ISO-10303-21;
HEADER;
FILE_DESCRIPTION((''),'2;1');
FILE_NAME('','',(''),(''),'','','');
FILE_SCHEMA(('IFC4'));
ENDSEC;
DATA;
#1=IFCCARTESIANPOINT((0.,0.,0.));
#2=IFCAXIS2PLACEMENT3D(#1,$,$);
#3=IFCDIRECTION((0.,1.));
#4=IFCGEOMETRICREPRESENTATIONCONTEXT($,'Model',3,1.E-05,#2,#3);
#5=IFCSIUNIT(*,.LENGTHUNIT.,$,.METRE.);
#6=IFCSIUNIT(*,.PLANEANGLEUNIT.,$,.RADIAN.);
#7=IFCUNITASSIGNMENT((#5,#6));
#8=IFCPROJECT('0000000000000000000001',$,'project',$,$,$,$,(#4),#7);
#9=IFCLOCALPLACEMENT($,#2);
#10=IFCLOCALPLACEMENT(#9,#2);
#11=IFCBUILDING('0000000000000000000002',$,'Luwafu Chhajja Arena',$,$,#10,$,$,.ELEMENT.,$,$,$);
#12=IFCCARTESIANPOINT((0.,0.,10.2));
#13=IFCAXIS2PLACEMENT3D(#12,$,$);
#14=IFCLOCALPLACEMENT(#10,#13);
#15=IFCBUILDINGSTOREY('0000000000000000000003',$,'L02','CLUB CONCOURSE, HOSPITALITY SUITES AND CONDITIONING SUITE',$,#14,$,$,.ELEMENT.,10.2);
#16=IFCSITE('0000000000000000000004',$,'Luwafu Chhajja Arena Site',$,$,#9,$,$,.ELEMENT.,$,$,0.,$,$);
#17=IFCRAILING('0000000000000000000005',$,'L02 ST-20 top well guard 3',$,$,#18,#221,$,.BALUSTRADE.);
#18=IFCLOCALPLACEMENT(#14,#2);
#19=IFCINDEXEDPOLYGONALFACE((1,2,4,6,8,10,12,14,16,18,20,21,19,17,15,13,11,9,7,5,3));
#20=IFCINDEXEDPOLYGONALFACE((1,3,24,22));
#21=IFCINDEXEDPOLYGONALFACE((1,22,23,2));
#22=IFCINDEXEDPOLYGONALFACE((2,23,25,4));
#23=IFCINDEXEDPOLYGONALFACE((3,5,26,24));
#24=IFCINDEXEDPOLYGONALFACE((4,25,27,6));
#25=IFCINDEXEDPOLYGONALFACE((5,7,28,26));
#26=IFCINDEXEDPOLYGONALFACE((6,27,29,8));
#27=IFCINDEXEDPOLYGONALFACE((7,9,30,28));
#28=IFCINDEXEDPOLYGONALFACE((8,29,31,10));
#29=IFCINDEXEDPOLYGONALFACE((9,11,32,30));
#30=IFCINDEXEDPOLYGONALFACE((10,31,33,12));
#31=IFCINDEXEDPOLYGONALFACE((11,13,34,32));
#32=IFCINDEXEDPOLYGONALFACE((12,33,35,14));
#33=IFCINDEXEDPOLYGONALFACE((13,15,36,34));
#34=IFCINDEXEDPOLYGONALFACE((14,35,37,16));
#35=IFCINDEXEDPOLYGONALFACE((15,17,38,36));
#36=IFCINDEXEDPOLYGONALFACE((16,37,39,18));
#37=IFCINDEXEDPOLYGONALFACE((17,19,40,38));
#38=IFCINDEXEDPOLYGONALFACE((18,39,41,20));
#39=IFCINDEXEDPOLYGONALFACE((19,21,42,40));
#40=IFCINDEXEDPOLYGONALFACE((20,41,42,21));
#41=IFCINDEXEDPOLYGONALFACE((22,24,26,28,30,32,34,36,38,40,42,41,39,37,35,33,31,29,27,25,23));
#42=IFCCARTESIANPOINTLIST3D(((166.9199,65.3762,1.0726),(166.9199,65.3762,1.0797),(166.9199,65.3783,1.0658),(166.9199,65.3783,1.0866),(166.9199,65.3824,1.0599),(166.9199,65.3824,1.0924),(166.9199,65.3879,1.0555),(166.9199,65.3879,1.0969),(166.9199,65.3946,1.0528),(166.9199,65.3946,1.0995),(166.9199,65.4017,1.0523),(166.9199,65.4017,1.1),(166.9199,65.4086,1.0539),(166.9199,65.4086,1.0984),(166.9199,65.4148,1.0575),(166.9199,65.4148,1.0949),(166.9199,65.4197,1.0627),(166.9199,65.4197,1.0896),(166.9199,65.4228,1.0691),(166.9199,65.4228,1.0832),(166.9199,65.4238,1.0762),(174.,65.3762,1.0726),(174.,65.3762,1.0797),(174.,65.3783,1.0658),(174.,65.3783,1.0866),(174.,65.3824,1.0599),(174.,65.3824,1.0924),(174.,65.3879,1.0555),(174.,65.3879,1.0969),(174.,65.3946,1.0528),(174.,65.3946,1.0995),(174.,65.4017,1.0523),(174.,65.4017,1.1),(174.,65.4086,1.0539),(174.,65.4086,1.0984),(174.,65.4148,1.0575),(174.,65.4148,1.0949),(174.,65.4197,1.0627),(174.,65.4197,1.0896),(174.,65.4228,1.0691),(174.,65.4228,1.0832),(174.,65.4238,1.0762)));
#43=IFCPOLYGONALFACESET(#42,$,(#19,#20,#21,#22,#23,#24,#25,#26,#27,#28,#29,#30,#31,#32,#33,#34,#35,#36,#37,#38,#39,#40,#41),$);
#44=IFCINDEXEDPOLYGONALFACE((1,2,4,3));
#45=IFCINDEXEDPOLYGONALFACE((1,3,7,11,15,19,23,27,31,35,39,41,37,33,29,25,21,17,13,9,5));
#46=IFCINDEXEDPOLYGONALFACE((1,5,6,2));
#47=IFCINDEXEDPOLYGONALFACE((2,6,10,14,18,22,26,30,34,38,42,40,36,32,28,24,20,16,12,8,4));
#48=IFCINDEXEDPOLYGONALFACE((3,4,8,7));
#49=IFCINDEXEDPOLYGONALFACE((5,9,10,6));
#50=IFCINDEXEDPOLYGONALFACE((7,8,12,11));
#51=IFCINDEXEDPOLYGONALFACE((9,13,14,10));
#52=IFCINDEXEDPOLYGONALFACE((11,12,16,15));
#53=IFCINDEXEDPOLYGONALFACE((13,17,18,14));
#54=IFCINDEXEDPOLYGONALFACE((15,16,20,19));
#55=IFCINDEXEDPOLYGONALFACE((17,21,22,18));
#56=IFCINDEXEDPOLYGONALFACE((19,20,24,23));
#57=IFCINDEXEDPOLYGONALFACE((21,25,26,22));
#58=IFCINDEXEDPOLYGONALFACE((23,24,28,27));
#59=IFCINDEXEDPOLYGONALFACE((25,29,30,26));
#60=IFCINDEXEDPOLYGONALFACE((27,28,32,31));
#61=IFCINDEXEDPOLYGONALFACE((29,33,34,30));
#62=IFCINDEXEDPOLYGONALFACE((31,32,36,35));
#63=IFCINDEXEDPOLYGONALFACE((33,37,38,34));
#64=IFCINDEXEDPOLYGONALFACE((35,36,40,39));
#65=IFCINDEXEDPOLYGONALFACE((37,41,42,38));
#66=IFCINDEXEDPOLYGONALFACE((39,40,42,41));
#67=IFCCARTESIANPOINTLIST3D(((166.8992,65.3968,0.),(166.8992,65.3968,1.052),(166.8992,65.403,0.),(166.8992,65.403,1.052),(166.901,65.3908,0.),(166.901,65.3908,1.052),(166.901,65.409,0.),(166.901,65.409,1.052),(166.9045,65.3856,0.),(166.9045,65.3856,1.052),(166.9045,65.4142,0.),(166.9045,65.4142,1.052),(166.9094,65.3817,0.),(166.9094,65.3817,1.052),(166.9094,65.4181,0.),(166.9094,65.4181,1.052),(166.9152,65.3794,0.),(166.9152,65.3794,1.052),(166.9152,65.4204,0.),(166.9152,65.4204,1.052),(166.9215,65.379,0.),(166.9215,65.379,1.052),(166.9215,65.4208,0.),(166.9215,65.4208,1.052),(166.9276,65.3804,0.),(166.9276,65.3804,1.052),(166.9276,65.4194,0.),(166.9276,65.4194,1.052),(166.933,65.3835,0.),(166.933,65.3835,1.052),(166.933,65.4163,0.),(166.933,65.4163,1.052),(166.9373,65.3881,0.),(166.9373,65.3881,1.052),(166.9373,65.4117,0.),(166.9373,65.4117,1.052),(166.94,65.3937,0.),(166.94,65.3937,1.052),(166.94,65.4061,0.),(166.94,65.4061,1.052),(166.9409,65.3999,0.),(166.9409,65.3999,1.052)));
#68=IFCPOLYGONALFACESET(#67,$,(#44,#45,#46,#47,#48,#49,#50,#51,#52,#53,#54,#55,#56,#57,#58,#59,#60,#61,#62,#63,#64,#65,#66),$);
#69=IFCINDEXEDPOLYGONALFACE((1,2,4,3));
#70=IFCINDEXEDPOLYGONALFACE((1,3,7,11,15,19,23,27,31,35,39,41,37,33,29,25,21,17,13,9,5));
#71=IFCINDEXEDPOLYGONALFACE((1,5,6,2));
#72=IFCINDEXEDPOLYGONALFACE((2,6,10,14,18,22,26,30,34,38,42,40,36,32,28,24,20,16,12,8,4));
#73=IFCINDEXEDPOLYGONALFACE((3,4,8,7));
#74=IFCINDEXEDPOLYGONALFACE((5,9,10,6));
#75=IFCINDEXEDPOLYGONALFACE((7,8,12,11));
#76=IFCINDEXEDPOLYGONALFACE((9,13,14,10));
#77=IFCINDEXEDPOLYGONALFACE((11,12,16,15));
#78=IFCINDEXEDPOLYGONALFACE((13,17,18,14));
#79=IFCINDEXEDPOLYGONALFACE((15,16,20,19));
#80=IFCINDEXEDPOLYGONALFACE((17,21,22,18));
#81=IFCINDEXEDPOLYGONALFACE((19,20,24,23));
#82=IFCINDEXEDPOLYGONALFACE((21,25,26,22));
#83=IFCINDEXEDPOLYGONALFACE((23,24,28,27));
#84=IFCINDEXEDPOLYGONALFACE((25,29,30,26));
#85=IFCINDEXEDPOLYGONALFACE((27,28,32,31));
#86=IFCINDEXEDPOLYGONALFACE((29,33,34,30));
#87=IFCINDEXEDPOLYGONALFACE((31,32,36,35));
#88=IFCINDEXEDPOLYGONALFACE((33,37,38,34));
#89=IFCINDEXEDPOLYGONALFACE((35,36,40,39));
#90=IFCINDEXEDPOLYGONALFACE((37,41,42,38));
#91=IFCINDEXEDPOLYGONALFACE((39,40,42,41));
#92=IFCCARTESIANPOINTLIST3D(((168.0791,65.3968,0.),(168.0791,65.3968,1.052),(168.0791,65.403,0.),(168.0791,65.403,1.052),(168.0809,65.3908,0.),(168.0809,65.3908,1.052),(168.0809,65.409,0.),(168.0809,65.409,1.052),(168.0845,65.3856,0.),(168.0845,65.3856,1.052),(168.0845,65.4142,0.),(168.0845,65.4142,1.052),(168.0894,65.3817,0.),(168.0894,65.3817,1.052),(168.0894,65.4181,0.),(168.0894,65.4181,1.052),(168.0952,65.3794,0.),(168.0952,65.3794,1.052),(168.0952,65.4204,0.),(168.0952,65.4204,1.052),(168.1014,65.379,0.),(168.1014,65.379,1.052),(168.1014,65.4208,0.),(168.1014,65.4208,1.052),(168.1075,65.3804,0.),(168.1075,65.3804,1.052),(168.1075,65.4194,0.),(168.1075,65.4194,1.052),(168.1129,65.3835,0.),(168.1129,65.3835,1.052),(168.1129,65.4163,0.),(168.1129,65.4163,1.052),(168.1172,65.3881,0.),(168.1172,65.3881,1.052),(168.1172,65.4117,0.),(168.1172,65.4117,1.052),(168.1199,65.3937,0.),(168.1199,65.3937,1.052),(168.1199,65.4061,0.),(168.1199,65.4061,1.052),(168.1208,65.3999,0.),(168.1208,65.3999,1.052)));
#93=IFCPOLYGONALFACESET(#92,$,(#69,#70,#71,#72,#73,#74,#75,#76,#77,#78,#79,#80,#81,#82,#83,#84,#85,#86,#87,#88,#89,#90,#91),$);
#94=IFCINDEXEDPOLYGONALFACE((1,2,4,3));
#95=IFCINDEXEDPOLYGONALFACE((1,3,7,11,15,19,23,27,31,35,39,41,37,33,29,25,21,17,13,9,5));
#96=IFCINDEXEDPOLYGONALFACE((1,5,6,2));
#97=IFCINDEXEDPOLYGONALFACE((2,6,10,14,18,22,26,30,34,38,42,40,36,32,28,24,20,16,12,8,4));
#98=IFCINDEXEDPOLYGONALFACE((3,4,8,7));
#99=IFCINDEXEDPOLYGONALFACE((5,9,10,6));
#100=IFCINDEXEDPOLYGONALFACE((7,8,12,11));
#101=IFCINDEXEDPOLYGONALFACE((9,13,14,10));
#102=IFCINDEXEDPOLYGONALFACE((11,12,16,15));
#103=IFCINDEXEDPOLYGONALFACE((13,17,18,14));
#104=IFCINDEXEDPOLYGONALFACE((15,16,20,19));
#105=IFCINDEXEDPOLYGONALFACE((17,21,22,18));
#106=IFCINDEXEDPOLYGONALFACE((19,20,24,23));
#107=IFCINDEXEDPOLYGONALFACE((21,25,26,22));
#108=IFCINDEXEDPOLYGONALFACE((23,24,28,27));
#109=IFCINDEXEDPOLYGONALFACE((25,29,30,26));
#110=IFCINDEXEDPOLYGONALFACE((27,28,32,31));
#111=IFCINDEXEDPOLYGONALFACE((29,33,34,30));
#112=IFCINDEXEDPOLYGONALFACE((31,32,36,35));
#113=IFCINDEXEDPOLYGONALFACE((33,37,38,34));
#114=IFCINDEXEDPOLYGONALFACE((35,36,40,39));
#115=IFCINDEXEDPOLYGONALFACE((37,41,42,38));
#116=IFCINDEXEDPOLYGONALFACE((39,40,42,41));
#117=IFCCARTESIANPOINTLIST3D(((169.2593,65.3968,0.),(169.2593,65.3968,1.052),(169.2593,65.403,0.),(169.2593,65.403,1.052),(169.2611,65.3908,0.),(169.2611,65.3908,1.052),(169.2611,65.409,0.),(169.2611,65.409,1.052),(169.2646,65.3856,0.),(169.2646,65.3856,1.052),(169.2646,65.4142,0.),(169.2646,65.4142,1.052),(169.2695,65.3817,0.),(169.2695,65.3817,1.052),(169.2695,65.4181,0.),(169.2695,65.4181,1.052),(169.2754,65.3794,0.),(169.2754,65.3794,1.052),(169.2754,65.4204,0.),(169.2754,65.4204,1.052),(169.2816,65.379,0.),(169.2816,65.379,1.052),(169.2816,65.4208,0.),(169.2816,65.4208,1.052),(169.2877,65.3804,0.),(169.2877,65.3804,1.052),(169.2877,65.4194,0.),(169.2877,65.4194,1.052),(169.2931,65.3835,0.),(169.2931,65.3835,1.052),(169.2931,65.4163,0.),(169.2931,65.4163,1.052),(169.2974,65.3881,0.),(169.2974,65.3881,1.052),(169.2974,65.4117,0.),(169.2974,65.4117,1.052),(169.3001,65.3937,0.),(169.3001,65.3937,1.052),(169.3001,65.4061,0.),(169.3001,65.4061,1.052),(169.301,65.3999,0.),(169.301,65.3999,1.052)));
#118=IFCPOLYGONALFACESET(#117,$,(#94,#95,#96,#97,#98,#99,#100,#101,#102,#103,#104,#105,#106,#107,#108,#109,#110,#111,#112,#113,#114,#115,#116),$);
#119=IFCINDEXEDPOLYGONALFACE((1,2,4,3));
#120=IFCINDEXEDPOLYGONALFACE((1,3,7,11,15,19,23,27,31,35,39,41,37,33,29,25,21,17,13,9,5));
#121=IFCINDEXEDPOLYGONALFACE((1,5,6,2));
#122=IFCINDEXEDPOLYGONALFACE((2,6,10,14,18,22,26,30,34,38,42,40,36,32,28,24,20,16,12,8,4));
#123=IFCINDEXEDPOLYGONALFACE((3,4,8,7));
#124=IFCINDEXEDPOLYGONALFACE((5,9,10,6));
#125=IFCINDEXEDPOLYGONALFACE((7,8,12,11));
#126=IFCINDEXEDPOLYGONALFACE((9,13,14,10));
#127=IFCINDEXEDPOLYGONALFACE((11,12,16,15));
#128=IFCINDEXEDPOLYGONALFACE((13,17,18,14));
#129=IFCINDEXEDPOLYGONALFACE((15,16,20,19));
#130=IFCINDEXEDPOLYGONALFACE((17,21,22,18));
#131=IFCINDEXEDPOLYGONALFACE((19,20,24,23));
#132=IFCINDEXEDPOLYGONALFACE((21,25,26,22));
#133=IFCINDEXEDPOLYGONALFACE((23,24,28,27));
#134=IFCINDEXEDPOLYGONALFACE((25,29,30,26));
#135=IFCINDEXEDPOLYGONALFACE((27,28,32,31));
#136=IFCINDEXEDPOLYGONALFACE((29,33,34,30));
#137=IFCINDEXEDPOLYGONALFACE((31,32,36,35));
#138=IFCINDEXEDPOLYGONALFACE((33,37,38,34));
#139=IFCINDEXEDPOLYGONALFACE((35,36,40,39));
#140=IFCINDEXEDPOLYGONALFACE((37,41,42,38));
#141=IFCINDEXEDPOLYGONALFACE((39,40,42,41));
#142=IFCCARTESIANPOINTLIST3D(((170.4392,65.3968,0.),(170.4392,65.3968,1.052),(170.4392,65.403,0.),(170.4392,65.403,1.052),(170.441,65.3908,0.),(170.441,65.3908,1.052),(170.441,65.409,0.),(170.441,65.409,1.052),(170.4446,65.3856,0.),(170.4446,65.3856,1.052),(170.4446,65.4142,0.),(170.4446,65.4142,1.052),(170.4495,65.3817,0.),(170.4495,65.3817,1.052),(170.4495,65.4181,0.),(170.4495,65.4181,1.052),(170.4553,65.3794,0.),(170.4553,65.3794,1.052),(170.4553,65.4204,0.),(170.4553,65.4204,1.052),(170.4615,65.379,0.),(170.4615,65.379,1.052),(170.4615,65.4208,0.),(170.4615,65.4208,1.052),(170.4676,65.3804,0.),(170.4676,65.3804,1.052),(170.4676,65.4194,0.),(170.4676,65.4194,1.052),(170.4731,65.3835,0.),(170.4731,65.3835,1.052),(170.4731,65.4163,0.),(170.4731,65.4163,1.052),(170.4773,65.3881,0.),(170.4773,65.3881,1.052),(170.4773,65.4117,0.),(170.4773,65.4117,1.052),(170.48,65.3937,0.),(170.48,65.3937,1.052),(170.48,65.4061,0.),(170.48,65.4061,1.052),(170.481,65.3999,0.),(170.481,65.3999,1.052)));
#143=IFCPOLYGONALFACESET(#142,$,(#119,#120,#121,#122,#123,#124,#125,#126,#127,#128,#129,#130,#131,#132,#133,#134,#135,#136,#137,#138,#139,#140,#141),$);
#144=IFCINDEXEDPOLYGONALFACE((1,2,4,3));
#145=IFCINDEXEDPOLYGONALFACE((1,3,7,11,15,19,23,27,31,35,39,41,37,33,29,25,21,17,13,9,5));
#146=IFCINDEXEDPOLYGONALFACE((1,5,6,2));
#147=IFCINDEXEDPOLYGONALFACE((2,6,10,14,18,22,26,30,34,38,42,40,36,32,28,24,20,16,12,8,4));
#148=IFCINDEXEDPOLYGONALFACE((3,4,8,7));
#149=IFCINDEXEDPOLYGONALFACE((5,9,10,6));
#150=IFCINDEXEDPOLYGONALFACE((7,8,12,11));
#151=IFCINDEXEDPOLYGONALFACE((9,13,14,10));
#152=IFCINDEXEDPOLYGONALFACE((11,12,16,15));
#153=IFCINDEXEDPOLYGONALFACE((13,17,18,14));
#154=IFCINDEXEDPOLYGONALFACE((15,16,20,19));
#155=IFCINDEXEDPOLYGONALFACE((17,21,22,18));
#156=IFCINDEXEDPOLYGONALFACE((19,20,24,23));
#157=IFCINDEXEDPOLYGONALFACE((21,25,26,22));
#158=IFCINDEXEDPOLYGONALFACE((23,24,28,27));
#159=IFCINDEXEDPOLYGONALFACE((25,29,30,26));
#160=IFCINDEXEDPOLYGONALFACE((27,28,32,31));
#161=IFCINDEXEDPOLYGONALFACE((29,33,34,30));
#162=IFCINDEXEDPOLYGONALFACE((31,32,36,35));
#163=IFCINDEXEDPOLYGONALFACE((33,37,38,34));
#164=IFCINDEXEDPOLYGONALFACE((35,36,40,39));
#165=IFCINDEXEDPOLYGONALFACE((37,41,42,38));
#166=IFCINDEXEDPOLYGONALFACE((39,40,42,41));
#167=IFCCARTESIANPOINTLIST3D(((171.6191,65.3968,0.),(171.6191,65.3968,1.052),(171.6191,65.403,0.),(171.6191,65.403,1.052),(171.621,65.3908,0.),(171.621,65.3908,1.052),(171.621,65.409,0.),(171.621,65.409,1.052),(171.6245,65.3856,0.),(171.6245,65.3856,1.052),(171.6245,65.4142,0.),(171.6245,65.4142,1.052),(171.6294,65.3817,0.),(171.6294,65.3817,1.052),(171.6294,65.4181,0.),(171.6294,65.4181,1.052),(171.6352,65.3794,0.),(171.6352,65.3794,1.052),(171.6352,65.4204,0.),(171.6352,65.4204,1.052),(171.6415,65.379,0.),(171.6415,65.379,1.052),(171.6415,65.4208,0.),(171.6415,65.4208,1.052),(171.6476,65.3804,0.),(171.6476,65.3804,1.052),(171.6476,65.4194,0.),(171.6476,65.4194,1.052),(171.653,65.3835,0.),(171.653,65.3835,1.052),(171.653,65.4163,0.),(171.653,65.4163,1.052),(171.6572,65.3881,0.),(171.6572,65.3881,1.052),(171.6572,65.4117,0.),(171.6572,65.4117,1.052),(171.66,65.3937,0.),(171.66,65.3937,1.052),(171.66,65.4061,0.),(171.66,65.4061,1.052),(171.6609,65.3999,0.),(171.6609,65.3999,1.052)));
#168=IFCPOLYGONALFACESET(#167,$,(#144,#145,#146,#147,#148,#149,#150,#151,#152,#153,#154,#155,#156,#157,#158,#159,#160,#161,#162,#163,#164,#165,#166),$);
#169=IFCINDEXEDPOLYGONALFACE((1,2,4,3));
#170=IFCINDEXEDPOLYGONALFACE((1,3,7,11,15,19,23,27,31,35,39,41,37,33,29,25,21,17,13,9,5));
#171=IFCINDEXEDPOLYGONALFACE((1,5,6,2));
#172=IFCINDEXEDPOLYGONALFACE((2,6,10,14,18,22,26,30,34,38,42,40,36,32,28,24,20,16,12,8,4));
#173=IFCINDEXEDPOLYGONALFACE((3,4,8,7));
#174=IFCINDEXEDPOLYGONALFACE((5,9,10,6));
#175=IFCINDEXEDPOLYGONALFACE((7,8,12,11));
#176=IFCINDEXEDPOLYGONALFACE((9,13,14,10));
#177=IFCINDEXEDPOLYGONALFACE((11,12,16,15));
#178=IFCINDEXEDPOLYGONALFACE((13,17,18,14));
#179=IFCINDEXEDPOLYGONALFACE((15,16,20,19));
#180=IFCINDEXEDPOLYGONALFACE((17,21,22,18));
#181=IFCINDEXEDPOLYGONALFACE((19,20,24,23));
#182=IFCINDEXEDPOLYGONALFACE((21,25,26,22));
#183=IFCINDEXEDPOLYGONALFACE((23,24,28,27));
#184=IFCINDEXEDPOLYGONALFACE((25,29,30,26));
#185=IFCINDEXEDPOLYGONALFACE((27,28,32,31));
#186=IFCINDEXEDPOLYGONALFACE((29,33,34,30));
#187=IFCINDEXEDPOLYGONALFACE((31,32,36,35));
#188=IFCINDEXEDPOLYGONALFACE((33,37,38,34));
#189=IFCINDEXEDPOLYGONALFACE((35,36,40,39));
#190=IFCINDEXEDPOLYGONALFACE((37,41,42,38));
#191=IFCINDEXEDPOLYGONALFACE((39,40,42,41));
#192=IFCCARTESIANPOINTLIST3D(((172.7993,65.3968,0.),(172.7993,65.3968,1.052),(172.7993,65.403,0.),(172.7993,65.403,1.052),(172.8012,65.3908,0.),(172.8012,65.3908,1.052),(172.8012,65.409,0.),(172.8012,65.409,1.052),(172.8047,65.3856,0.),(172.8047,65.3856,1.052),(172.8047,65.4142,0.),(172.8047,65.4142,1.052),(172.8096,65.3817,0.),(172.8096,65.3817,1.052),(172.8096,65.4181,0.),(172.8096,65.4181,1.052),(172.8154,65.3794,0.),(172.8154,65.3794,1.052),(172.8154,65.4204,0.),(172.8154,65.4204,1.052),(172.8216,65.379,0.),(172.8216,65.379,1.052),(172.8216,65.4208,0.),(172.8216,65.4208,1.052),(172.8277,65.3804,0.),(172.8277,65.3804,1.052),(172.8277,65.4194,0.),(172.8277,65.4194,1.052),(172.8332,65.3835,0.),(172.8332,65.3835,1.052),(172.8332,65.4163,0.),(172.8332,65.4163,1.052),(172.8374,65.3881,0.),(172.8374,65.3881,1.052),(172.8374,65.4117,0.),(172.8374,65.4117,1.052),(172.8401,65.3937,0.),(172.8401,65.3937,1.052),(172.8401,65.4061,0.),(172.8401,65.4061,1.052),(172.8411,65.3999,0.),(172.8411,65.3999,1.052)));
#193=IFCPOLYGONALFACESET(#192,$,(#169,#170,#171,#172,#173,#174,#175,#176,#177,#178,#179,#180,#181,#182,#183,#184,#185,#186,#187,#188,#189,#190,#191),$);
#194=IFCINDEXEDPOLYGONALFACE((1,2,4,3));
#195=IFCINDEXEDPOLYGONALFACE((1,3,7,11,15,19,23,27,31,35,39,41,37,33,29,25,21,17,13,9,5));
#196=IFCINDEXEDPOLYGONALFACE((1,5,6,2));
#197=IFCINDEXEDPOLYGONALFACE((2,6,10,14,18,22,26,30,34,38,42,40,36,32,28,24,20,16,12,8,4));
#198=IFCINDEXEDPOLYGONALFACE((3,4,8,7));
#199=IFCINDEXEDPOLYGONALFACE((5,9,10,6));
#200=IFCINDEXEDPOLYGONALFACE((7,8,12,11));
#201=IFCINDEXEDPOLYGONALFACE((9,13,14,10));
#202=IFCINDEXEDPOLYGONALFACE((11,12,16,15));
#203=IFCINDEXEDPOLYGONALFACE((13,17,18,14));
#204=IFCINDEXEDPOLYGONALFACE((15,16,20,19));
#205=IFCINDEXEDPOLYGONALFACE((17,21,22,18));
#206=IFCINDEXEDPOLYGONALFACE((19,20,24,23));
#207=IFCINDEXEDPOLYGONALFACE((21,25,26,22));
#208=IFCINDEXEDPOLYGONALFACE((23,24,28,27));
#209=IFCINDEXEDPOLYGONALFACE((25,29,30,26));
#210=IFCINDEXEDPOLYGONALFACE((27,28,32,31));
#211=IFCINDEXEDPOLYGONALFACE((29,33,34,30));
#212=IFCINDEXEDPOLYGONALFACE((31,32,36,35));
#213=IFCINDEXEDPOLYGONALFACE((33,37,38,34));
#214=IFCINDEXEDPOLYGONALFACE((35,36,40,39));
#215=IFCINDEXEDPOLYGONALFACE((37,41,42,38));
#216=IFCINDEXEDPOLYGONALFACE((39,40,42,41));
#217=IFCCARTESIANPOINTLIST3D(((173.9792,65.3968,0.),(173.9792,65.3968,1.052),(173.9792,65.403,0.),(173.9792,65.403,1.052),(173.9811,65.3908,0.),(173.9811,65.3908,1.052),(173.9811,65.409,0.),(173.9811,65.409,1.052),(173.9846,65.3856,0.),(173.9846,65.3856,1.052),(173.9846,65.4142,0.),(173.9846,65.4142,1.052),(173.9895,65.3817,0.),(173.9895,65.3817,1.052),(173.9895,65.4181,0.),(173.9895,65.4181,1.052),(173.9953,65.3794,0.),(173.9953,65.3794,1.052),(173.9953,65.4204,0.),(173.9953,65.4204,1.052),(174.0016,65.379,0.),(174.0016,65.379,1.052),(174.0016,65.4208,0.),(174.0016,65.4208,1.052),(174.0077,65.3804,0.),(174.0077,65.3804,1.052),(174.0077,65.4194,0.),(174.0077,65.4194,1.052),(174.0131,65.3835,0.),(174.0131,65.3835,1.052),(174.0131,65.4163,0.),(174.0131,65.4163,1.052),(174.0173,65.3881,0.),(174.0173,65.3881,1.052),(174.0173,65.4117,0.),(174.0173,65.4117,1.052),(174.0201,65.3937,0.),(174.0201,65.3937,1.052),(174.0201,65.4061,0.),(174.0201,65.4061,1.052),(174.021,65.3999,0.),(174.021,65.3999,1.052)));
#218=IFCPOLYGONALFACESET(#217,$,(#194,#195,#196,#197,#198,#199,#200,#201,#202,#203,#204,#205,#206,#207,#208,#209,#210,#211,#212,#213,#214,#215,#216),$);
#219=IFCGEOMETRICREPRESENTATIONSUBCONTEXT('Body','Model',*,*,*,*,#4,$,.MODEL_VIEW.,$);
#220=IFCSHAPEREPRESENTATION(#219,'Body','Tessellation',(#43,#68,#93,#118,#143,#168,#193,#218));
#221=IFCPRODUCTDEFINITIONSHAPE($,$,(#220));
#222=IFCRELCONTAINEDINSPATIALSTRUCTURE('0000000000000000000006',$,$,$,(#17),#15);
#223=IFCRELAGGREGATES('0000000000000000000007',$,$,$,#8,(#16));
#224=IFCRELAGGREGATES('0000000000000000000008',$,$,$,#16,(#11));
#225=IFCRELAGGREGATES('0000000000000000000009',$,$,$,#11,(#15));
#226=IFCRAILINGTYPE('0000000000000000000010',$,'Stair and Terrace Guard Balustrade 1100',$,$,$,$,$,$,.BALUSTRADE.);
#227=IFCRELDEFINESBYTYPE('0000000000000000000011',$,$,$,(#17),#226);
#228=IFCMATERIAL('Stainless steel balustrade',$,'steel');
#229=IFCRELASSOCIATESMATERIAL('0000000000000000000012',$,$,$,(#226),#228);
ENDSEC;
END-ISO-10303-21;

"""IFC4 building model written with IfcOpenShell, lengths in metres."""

from ifc_helpers import new_model, si_unit, direction, frame, origin, origin_2d, place, context, subcontext, project, spatial, circle, extrude, material, type_object, element, save


model = new_model("IFC4")

# Units and contexts
model_context = context("Model", 3, precision=1e-05, world=origin(), true_north=direction((0.0, 1.0)))
body_context = subcontext(model_context, "Body", "Model", "MODEL_VIEW")
ifc_project = project(units=[si_unit("LENGTHUNIT", "METRE"), si_unit("PLANEANGLEUNIT", "RADIAN")], contexts=[model_context])

# Site, building, storey
site_placement = place(None, origin())
site = spatial("IfcSite", under=ifc_project, at=site_placement, Name="Luwafu Chhajja Arena Site", CompositionType="ELEMENT", RefElevation=0.0)
building_placement = place(site_placement, origin())
building = spatial("IfcBuilding", under=site, at=building_placement, Name="Luwafu Chhajja Arena", CompositionType="ELEMENT")
storey_placement = place(building_placement, frame((0.0, 0.0, 10.2)))
storey = spatial("IfcBuildingStorey", under=building, at=storey_placement, Name="L02", Description="CLUB CONCOURSE, HOSPITALITY SUITES AND CONDITIONING SUITE", CompositionType="ELEMENT", Elevation=10.2)

# Railing
ifc_material_1 = material(Name="Stainless steel balustrade", Category="steel")
railing_type = type_object("IfcRailingType", Name="Stair and Terrace Guard Balustrade 1100", PredefinedType="BALUSTRADE", material=ifc_material_1)
for number, where, name in (
    (1, (166.9199, 65.3999, 0.0), "L02 ST-20 top well guard 3"),
):
    element("IfcRailing", number, at=place(storey_placement, frame(where)), inside=storey, type_object=railing_type, Name=name, PredefinedType="BALUSTRADE", context=body_context, shape_type="SweptSolid", body=[
        extrude(circle(Radius=0.0239, at=origin_2d()), frame((0.0, 0.0, 1.0762), z_axis=(1.0, 0.0, 0.0), x_axis=(0.0, 1.0, 0.0)), (0.0, 0.0, 1.0), 7.0801),
        extrude(circle(Radius=0.021, at=origin_2d()), origin(), (0.0, 0.0, 1.0), 1.052),
        extrude(circle(Radius=0.021, at=origin_2d()), frame((1.1799, 0.0, 0.0)), (0.0, 0.0, 1.0), 1.052),
        extrude(circle(Radius=0.021, at=origin_2d()), frame((2.3601, 0.0, 0.0)), (0.0, 0.0, 1.0), 1.052),
        extrude(circle(Radius=0.021, at=origin_2d()), frame((3.54, 0.0, 0.0)), (0.0, 0.0, 1.0), 1.052),
        extrude(circle(Radius=0.021, at=origin_2d()), frame((4.72, 0.0, 0.0)), (0.0, 0.0, 1.0), 1.052),
        extrude(circle(Radius=0.021, at=origin_2d()), frame((5.9001, 0.0, 0.0)), (0.0, 0.0, 1.0), 1.052),
        extrude(circle(Radius=0.021, at=origin_2d()), frame((7.0801, 0.0, 0.0)), (0.0, 0.0, 1.0), 1.052),
    ])

save(model, "model.ifc")
